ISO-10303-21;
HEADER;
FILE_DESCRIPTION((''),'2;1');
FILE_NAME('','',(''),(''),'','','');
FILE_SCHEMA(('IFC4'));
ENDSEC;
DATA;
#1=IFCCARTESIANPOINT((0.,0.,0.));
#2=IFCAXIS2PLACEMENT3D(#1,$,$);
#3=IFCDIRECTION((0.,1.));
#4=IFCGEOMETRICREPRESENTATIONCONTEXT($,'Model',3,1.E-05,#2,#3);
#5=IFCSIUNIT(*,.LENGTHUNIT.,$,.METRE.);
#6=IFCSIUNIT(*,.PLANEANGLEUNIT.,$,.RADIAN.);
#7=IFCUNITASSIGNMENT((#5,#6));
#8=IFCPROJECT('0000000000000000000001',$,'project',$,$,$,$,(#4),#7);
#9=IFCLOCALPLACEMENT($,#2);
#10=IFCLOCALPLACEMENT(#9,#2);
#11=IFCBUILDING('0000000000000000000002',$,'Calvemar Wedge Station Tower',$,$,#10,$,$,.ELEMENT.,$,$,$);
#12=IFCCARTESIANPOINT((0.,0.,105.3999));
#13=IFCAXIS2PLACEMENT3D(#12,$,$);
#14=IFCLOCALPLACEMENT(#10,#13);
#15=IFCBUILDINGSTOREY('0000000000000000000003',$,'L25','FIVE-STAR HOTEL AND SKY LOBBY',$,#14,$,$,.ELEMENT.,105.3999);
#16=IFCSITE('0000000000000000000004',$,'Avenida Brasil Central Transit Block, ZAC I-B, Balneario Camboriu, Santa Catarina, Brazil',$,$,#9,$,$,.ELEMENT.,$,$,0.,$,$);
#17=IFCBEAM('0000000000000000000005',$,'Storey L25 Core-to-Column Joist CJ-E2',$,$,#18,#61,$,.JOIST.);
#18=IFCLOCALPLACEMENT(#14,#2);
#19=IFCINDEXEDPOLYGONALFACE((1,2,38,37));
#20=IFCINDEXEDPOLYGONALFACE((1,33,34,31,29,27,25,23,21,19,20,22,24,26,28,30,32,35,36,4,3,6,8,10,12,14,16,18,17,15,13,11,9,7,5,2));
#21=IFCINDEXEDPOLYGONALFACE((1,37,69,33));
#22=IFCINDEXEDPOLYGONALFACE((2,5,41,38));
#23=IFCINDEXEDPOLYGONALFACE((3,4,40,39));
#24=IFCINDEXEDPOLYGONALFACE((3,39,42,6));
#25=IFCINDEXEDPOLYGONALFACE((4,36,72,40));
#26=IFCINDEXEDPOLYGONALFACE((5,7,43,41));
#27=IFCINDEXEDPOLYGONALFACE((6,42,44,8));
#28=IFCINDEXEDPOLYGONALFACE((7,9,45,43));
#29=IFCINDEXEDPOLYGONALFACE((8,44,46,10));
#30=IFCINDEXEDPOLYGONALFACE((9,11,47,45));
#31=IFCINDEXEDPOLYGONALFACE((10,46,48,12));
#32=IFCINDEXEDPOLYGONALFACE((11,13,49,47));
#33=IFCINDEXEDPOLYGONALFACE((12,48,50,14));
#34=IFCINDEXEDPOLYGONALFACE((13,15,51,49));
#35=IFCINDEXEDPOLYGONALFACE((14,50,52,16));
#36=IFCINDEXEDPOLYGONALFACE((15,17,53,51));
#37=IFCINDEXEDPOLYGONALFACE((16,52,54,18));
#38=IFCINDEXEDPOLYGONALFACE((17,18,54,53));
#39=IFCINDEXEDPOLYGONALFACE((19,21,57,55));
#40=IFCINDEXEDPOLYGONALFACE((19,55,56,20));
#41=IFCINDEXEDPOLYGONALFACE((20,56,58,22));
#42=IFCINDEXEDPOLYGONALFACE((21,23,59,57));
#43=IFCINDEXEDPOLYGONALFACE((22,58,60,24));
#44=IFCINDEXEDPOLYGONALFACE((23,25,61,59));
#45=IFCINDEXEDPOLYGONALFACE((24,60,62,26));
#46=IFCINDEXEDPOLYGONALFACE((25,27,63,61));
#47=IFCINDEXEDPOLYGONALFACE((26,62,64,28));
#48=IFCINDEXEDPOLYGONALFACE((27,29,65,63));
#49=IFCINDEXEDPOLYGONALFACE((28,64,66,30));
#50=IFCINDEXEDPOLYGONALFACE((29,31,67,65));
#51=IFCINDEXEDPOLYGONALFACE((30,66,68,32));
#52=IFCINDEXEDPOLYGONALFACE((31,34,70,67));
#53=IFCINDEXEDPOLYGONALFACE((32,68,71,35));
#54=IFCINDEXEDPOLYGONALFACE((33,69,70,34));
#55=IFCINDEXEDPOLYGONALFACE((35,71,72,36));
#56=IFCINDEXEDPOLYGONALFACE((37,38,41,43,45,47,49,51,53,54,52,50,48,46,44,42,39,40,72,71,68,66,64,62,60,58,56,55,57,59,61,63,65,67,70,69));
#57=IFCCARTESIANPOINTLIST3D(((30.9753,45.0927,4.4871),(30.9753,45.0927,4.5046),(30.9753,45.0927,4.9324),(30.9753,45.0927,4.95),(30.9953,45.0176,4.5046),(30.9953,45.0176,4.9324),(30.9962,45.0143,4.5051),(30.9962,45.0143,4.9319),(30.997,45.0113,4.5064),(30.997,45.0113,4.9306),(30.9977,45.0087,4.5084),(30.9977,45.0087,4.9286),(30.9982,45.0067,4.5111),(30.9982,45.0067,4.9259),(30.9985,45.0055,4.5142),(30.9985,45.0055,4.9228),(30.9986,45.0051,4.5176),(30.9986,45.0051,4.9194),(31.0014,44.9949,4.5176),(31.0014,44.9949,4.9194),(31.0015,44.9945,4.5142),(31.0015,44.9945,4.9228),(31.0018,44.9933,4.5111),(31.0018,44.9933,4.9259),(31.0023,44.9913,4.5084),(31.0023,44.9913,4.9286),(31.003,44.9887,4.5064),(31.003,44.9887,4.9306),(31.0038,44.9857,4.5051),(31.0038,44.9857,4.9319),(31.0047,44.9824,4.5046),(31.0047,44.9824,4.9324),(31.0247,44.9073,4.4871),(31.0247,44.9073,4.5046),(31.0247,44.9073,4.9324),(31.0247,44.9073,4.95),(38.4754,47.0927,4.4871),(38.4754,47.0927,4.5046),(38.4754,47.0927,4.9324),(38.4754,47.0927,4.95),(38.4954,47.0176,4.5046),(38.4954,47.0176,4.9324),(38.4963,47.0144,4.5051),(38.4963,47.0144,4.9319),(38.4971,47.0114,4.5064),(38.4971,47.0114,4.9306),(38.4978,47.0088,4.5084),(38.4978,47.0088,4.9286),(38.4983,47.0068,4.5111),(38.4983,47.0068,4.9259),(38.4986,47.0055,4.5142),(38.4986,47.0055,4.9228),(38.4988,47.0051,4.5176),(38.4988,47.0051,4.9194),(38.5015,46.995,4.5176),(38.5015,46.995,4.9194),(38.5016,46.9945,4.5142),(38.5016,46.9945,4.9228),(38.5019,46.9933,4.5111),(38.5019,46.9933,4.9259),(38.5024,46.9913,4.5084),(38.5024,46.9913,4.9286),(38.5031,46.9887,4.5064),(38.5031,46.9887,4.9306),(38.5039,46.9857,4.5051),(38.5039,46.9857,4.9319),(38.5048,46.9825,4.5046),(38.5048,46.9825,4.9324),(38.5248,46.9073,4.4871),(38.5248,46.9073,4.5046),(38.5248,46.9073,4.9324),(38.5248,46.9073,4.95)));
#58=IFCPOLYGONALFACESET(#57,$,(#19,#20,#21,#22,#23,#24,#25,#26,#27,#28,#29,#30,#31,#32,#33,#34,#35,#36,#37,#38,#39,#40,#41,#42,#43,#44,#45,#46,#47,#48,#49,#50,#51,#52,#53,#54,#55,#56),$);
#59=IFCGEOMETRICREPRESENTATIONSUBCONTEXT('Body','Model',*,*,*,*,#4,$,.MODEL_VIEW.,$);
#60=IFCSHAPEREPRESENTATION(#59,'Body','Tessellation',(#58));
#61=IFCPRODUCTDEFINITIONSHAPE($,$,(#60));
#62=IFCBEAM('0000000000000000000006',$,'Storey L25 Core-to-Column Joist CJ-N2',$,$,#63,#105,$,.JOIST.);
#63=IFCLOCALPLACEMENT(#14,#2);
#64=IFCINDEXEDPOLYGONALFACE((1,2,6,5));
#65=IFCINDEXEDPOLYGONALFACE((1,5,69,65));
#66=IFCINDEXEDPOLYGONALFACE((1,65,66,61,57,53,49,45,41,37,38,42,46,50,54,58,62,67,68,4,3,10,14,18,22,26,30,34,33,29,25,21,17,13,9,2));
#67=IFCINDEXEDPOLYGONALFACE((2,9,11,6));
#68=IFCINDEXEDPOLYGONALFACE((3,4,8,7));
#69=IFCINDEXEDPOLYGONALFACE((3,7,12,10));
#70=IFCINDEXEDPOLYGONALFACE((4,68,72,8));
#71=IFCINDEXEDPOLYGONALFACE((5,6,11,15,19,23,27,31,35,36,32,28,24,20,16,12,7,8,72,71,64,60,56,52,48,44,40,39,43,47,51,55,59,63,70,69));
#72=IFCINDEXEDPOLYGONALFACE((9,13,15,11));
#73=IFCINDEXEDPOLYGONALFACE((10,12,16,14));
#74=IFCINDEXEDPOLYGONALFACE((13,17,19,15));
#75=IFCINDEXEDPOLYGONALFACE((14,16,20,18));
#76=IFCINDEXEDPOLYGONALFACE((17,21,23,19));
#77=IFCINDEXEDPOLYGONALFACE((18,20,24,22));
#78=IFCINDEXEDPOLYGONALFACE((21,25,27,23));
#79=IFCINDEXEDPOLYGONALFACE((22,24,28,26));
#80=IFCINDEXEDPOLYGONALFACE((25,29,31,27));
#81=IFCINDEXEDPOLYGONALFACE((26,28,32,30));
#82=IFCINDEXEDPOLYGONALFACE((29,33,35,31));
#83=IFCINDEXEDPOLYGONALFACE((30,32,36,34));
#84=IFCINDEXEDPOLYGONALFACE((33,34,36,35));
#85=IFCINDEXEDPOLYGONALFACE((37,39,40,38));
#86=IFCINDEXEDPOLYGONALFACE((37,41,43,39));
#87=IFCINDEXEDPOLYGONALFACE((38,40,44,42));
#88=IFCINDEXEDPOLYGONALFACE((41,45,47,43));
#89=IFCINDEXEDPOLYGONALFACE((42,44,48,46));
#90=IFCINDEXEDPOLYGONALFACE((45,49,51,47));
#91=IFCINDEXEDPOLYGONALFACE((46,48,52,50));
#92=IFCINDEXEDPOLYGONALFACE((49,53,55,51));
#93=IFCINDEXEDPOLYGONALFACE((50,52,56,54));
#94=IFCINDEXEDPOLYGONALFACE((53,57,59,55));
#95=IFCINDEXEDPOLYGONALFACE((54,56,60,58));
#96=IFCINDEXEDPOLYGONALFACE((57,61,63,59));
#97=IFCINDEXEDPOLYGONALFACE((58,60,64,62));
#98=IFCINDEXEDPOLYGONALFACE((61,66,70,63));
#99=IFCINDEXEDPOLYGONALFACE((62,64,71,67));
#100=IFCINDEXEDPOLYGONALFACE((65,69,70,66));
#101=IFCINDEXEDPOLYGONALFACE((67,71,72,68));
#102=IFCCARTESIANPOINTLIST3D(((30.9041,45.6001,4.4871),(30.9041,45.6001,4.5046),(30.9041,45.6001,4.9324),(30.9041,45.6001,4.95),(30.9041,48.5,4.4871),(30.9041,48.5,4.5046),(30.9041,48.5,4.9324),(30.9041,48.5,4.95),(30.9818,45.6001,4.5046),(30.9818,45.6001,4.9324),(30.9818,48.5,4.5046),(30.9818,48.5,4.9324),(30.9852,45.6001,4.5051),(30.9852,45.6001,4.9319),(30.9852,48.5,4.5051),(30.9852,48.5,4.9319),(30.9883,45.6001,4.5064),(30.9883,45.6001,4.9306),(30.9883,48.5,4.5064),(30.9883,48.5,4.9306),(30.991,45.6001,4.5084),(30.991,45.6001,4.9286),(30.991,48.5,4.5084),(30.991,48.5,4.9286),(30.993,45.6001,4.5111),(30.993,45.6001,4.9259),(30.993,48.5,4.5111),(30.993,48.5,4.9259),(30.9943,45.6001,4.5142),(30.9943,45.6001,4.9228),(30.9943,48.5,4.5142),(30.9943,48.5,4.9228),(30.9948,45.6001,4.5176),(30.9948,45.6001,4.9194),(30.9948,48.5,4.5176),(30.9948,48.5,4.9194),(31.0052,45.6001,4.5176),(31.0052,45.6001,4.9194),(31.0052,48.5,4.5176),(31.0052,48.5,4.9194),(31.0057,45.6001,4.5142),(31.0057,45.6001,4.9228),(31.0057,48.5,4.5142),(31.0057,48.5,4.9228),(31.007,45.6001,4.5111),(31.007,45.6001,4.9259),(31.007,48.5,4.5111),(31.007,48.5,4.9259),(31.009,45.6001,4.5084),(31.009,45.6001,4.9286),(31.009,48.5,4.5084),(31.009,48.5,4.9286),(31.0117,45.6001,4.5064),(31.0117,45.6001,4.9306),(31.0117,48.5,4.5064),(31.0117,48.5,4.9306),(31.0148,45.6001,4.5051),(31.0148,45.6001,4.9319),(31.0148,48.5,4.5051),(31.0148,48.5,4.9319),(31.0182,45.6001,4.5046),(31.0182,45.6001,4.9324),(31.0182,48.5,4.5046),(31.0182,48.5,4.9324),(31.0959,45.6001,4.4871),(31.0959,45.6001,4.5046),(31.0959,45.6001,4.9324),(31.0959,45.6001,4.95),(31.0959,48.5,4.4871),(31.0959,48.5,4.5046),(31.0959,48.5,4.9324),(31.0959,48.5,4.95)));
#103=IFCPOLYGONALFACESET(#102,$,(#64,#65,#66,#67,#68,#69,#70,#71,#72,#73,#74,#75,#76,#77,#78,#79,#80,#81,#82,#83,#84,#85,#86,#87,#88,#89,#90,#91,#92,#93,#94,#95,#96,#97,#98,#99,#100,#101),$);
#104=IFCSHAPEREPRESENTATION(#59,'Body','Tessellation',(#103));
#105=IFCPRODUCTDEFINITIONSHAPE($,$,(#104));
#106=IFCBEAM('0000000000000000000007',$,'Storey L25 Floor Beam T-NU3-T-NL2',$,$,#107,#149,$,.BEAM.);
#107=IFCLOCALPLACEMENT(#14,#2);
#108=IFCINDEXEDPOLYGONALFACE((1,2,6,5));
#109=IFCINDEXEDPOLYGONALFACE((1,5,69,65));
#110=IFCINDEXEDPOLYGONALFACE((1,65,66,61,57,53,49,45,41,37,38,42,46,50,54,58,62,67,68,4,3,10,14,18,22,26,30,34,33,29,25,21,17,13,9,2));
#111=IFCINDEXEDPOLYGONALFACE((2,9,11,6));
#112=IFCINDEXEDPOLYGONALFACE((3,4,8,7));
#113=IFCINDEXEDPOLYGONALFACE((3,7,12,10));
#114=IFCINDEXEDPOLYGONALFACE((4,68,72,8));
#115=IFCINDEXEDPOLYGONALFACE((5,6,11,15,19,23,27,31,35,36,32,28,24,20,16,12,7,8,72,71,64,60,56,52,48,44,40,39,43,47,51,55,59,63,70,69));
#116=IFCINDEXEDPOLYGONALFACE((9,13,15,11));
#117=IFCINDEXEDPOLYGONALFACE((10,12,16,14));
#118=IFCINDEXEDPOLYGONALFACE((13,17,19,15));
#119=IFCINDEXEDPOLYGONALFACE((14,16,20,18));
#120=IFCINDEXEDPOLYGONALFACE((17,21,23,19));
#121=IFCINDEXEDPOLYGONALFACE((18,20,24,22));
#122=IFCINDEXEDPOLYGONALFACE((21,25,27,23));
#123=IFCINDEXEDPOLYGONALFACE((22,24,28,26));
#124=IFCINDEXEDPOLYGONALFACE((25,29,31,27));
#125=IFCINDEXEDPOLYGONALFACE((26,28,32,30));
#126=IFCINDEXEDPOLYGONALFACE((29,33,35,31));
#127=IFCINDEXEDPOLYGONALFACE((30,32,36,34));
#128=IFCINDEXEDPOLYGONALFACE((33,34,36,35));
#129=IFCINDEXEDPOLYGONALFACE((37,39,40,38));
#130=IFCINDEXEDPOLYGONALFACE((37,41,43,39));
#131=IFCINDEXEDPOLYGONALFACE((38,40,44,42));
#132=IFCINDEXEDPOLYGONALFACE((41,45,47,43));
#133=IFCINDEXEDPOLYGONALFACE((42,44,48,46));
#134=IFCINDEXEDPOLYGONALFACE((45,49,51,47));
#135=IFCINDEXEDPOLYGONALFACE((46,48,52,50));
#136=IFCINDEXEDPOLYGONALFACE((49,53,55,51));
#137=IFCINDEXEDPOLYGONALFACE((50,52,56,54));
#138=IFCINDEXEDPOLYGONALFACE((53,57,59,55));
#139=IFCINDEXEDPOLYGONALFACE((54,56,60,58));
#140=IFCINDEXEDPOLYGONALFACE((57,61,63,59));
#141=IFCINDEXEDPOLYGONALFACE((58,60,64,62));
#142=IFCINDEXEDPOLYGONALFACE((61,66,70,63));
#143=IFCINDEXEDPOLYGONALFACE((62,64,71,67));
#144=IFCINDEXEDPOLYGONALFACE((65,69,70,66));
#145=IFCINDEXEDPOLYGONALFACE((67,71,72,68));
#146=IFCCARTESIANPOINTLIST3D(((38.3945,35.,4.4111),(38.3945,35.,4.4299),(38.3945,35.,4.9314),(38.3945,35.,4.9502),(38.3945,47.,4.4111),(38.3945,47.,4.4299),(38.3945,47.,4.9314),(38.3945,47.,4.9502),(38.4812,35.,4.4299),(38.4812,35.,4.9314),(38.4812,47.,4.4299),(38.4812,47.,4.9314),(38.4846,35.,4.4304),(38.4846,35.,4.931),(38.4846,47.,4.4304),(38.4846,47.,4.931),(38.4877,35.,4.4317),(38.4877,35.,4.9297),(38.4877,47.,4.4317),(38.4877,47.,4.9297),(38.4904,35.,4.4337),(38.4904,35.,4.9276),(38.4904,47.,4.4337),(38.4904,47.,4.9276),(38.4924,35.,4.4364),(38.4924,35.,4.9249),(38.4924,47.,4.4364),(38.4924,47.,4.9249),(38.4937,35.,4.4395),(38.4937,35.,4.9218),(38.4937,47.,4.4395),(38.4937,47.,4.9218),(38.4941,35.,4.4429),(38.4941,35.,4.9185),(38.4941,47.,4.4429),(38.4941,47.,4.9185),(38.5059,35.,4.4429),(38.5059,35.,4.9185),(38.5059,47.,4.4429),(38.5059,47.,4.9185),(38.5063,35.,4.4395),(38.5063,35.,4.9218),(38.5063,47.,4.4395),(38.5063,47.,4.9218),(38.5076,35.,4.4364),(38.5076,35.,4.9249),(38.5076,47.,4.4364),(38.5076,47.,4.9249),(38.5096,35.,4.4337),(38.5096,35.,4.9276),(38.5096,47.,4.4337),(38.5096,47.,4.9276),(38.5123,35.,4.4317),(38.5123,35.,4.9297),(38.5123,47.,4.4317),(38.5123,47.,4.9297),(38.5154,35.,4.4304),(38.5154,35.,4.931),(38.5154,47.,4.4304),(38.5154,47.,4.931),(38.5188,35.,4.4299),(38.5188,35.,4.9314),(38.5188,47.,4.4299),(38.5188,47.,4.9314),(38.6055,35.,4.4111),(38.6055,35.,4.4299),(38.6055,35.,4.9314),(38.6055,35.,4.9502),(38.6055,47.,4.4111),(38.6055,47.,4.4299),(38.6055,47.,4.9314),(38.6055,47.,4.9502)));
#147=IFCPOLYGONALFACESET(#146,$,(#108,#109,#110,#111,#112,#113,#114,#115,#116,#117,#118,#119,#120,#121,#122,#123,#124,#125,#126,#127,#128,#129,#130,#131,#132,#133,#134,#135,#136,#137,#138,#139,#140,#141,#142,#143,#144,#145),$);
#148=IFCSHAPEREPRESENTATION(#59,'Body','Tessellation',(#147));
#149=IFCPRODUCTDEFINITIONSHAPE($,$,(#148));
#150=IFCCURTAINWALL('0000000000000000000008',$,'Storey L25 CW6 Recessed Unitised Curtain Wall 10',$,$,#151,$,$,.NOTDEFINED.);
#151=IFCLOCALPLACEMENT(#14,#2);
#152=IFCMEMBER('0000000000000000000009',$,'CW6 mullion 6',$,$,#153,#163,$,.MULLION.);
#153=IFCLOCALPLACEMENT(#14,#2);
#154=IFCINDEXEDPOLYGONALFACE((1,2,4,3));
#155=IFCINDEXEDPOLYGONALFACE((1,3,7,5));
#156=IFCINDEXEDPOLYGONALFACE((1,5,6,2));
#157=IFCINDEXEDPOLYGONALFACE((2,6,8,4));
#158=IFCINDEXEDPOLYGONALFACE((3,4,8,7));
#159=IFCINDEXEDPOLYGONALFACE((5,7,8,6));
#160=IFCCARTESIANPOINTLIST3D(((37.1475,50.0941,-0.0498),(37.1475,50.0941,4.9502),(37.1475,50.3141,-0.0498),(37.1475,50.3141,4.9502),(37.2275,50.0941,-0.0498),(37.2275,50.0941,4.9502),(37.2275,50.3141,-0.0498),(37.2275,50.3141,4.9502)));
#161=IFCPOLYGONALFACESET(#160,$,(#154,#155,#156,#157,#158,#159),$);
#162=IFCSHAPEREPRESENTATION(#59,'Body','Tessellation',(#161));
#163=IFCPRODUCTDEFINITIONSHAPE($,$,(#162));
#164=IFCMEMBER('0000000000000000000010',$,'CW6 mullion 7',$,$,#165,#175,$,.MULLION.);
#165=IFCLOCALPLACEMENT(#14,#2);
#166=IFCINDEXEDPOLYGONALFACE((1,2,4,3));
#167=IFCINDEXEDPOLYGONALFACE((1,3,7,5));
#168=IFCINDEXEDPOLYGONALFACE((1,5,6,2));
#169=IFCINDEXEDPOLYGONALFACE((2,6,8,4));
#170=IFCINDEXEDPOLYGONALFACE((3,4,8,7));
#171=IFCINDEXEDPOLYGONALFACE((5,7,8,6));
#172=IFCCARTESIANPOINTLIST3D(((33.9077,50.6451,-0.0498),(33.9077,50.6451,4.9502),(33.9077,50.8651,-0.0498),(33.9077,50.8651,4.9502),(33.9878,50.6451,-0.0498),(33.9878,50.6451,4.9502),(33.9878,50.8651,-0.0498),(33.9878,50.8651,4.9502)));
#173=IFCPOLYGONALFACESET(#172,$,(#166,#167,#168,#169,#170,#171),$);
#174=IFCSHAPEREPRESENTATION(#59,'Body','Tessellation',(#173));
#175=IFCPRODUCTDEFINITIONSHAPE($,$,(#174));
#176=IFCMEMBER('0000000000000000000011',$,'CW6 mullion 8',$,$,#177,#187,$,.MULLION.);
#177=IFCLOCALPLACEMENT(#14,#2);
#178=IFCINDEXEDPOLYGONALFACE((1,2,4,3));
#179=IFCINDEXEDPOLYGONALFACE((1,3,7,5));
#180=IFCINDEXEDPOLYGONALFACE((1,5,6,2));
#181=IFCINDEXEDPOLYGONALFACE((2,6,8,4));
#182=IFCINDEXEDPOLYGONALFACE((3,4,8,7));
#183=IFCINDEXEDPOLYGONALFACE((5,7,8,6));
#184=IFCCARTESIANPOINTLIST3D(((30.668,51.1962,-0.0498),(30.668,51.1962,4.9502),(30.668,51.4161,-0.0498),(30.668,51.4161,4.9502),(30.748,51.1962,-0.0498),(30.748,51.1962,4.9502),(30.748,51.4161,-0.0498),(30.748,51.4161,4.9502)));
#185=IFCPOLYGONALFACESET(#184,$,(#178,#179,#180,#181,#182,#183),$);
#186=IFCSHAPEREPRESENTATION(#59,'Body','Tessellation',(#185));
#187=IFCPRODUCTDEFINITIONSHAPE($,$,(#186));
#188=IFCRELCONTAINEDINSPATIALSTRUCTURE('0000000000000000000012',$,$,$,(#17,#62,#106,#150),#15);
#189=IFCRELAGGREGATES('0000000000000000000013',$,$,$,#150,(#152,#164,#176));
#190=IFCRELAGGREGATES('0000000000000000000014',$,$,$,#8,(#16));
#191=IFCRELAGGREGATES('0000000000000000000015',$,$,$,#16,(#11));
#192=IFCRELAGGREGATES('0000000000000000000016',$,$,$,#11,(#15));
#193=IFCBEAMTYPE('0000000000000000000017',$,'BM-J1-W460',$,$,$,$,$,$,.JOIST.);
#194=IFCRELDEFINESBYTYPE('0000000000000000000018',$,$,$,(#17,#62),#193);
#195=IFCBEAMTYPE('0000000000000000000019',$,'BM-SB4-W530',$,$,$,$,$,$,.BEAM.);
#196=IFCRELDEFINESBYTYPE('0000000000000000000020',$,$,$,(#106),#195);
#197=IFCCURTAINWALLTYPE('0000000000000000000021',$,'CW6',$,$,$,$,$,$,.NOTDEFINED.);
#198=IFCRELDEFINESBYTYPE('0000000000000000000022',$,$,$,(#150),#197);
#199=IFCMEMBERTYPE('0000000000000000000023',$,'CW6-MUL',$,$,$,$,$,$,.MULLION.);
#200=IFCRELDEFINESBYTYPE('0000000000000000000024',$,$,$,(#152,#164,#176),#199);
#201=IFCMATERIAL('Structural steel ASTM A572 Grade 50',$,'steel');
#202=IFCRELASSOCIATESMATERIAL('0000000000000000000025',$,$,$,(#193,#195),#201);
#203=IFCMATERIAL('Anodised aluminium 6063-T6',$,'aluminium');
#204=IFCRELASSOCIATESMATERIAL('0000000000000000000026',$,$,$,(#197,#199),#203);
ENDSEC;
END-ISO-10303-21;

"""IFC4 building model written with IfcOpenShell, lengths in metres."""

from ifc_helpers import new_model, si_unit, direction, frame, origin, origin_2d, place, context, subcontext, project, spatial, rectangle, i_section, extrude, source, transform, mapped, material, material_profile, profile_set, type_object, element, aggregate, save


model = new_model("IFC4")

# Units and contexts
model_context = context("Model", 3, precision=1e-05, world=origin(), true_north=direction((0.0, 1.0)))
body_context = subcontext(model_context, "Body", "Model", "MODEL_VIEW")
ifc_project = project(units=[si_unit("LENGTHUNIT", "METRE"), si_unit("PLANEANGLEUNIT", "RADIAN")], contexts=[model_context])

# Site, building, storey
site_placement = place(None, origin())
site = spatial("IfcSite", under=ifc_project, at=site_placement, Name="Avenida Brasil Central Transit Block, ZAC I-B, Balneario Camboriu, Santa Catarina, Brazil", CompositionType="ELEMENT", RefElevation=0.0)
building_placement = place(site_placement, origin())
building = spatial("IfcBuilding", under=site, at=building_placement, Name="Calvemar Wedge Station Tower", CompositionType="ELEMENT")
storey_placement = place(building_placement, frame((0.0, 0.0, 105.3999)))
storey = spatial("IfcBuildingStorey", under=building, at=storey_placement, Name="L25", Description="FIVE-STAR HOTEL AND SKY LOBBY", CompositionType="ELEMENT", Elevation=105.3999)

# Beams
ifc_material_1 = material(Name="Structural steel ASTM A572 Grade 50", Category="steel")
ifc_material_profile_1 = material_profile(ifc_material_1, i_section(OverallWidth=0.1919, OverallDepth=0.4629, WebThickness=0.0105, FlangeThickness=0.0176, FilletRadius=0.0129, at=origin_2d()), Name="W460x89")
ifc_profile_set_1 = profile_set([ifc_material_profile_1], Name="Structural steel ASTM A572 Grade 50")
beam_type_1 = type_object("IfcBeamType", Name="BM-J1-W460", PredefinedType="JOIST", material=ifc_profile_set_1)
shared_shape_1 = source(origin(), body_context, "Body", "SweptSolid", [
    extrude(i_section(OverallWidth=0.1919, OverallDepth=0.4629, WebThickness=0.0105, FlangeThickness=0.0176, FilletRadius=0.0129, at=origin_2d()), origin(), (0.0, 0.0, 1.0), 7.7622),
])
beam_1_placement = place(storey_placement, frame((31.0, 45.0, 4.7185), z_axis=(0.966235, 0.257663, 0.0), x_axis=(-0.257663, 0.966235, 0.0)))
element("IfcBeam", 1, at=beam_1_placement, inside=storey, type_object=beam_type_1, Name="Storey L25 Core-to-Column Joist CJ-E2", PredefinedType="JOIST", context=body_context, shape_type="MappedRepresentation", body=[
    mapped(shared_shape_1, transform((0.0, 0.0, 0.0), scale=1.0)),
])
shared_shape_2 = source(origin(), body_context, "Body", "SweptSolid", [
    extrude(i_section(OverallWidth=0.1919, OverallDepth=0.4629, WebThickness=0.0105, FlangeThickness=0.0176, FilletRadius=0.0129, at=origin_2d()), origin(), (0.0, 0.0, 1.0), 2.8999),
])
beam_2_placement = place(storey_placement, frame((31.0, 45.6001, 4.7185), z_axis=(0.0, 1.0, 0.0), x_axis=(-1.0, 0.0, 0.0)))
element("IfcBeam", 2, at=beam_2_placement, inside=storey, type_object=beam_type_1, Name="Storey L25 Core-to-Column Joist CJ-N2", PredefinedType="JOIST", context=body_context, shape_type="MappedRepresentation", body=[
    mapped(shared_shape_2, transform((0.0, 0.0, 0.0), scale=1.0)),
])
ifc_material_profile_2 = material_profile(ifc_material_1, i_section(OverallWidth=0.2109, OverallDepth=0.5391, WebThickness=0.0117, FlangeThickness=0.0188, FilletRadius=0.0129, at=origin_2d()), Name="W530x109")
ifc_profile_set_2 = profile_set([ifc_material_profile_2], Name="Structural steel ASTM A572 Grade 50")
beam_type_2 = type_object("IfcBeamType", Name="BM-SB4-W530", PredefinedType="BEAM", material=ifc_profile_set_2)
shared_shape_3 = source(origin(), body_context, "Body", "SweptSolid", [
    extrude(i_section(OverallWidth=0.2109, OverallDepth=0.5391, WebThickness=0.0117, FlangeThickness=0.0188, FilletRadius=0.0129, at=origin_2d()), origin(), (0.0, 0.0, 1.0), 12.0),
])
beam_3_placement = place(storey_placement, frame((38.5, 47.0, 4.6807), z_axis=(0.0, -1.0, 0.0), x_axis=(1.0, 0.0, 0.0)))
element("IfcBeam", 3, at=beam_3_placement, inside=storey, type_object=beam_type_2, Name="Storey L25 Floor Beam T-NU3-T-NL2", PredefinedType="BEAM", context=body_context, shape_type="MappedRepresentation", body=[
    mapped(shared_shape_3, transform((0.0, 0.0, 0.0), scale=1.0)),
])

# Curtain wall, members
ifc_material_2 = material(Name="Anodised aluminium 6063-T6", Category="aluminium")
curtain_wall_type = type_object("IfcCurtainWallType", Name="CW6", PredefinedType="NOTDEFINED", material=ifc_material_2)
curtain_wall_placement = place(storey_placement, origin())
curtain_wall = element("IfcCurtainWall", 4, at=curtain_wall_placement, inside=storey, type_object=curtain_wall_type, Name="Storey L25 CW6 Recessed Unitised Curtain Wall 10", PredefinedType="NOTDEFINED")
ifc_material_profile_3 = material_profile(ifc_material_2, rectangle(XDim=0.0801, YDim=0.22, at=origin_2d()), Name="AL-MUL-80x220")
ifc_profile_set_3 = profile_set([ifc_material_profile_3], Name="Anodised aluminium 6063-T6")
member_type = type_object("IfcMemberType", Name="CW6-MUL", PredefinedType="MULLION", material=ifc_profile_set_3)
shared_shape_4 = source(origin(), body_context, "Body", "SweptSolid", [
    extrude(rectangle(XDim=0.0801, YDim=0.22, at=origin_2d()), origin(), (0.0, 0.0, 1.0), 5.0),
])
member_1_placement = place(storey_placement, frame((37.1875, 50.2041, -0.0498), z_axis=(0.0, 0.0, 1.0), x_axis=(1.0, 0.0, 0.0)))
member_1 = element("IfcMember", 5, at=member_1_placement, type_object=member_type, Name="CW6 mullion 6", PredefinedType="MULLION", context=body_context, shape_type="MappedRepresentation", body=[
    mapped(shared_shape_4, transform((0.0, 0.0, 0.0), scale=1.0)),
])
member_2_placement = place(storey_placement, frame((33.9478, 50.7551, -0.0498), z_axis=(0.0, 0.0, 1.0), x_axis=(1.0, 0.0, 0.0)))
member_2 = element("IfcMember", 6, at=member_2_placement, type_object=member_type, Name="CW6 mullion 7", PredefinedType="MULLION", context=body_context, shape_type="MappedRepresentation", body=[
    mapped(shared_shape_4, transform((0.0, 0.0, 0.0), scale=1.0)),
])
member_3_placement = place(storey_placement, frame((30.708, 51.3062, -0.0498), z_axis=(0.0, 0.0, 1.0), x_axis=(1.0, 0.0, 0.0)))
member_3 = element("IfcMember", 7, at=member_3_placement, type_object=member_type, Name="CW6 mullion 8", PredefinedType="MULLION", context=body_context, shape_type="MappedRepresentation", body=[
    mapped(shared_shape_4, transform((0.0, 0.0, 0.0), scale=1.0)),
])
aggregate(curtain_wall, [member_1, member_2, member_3])

save(model, "model.ifc")
